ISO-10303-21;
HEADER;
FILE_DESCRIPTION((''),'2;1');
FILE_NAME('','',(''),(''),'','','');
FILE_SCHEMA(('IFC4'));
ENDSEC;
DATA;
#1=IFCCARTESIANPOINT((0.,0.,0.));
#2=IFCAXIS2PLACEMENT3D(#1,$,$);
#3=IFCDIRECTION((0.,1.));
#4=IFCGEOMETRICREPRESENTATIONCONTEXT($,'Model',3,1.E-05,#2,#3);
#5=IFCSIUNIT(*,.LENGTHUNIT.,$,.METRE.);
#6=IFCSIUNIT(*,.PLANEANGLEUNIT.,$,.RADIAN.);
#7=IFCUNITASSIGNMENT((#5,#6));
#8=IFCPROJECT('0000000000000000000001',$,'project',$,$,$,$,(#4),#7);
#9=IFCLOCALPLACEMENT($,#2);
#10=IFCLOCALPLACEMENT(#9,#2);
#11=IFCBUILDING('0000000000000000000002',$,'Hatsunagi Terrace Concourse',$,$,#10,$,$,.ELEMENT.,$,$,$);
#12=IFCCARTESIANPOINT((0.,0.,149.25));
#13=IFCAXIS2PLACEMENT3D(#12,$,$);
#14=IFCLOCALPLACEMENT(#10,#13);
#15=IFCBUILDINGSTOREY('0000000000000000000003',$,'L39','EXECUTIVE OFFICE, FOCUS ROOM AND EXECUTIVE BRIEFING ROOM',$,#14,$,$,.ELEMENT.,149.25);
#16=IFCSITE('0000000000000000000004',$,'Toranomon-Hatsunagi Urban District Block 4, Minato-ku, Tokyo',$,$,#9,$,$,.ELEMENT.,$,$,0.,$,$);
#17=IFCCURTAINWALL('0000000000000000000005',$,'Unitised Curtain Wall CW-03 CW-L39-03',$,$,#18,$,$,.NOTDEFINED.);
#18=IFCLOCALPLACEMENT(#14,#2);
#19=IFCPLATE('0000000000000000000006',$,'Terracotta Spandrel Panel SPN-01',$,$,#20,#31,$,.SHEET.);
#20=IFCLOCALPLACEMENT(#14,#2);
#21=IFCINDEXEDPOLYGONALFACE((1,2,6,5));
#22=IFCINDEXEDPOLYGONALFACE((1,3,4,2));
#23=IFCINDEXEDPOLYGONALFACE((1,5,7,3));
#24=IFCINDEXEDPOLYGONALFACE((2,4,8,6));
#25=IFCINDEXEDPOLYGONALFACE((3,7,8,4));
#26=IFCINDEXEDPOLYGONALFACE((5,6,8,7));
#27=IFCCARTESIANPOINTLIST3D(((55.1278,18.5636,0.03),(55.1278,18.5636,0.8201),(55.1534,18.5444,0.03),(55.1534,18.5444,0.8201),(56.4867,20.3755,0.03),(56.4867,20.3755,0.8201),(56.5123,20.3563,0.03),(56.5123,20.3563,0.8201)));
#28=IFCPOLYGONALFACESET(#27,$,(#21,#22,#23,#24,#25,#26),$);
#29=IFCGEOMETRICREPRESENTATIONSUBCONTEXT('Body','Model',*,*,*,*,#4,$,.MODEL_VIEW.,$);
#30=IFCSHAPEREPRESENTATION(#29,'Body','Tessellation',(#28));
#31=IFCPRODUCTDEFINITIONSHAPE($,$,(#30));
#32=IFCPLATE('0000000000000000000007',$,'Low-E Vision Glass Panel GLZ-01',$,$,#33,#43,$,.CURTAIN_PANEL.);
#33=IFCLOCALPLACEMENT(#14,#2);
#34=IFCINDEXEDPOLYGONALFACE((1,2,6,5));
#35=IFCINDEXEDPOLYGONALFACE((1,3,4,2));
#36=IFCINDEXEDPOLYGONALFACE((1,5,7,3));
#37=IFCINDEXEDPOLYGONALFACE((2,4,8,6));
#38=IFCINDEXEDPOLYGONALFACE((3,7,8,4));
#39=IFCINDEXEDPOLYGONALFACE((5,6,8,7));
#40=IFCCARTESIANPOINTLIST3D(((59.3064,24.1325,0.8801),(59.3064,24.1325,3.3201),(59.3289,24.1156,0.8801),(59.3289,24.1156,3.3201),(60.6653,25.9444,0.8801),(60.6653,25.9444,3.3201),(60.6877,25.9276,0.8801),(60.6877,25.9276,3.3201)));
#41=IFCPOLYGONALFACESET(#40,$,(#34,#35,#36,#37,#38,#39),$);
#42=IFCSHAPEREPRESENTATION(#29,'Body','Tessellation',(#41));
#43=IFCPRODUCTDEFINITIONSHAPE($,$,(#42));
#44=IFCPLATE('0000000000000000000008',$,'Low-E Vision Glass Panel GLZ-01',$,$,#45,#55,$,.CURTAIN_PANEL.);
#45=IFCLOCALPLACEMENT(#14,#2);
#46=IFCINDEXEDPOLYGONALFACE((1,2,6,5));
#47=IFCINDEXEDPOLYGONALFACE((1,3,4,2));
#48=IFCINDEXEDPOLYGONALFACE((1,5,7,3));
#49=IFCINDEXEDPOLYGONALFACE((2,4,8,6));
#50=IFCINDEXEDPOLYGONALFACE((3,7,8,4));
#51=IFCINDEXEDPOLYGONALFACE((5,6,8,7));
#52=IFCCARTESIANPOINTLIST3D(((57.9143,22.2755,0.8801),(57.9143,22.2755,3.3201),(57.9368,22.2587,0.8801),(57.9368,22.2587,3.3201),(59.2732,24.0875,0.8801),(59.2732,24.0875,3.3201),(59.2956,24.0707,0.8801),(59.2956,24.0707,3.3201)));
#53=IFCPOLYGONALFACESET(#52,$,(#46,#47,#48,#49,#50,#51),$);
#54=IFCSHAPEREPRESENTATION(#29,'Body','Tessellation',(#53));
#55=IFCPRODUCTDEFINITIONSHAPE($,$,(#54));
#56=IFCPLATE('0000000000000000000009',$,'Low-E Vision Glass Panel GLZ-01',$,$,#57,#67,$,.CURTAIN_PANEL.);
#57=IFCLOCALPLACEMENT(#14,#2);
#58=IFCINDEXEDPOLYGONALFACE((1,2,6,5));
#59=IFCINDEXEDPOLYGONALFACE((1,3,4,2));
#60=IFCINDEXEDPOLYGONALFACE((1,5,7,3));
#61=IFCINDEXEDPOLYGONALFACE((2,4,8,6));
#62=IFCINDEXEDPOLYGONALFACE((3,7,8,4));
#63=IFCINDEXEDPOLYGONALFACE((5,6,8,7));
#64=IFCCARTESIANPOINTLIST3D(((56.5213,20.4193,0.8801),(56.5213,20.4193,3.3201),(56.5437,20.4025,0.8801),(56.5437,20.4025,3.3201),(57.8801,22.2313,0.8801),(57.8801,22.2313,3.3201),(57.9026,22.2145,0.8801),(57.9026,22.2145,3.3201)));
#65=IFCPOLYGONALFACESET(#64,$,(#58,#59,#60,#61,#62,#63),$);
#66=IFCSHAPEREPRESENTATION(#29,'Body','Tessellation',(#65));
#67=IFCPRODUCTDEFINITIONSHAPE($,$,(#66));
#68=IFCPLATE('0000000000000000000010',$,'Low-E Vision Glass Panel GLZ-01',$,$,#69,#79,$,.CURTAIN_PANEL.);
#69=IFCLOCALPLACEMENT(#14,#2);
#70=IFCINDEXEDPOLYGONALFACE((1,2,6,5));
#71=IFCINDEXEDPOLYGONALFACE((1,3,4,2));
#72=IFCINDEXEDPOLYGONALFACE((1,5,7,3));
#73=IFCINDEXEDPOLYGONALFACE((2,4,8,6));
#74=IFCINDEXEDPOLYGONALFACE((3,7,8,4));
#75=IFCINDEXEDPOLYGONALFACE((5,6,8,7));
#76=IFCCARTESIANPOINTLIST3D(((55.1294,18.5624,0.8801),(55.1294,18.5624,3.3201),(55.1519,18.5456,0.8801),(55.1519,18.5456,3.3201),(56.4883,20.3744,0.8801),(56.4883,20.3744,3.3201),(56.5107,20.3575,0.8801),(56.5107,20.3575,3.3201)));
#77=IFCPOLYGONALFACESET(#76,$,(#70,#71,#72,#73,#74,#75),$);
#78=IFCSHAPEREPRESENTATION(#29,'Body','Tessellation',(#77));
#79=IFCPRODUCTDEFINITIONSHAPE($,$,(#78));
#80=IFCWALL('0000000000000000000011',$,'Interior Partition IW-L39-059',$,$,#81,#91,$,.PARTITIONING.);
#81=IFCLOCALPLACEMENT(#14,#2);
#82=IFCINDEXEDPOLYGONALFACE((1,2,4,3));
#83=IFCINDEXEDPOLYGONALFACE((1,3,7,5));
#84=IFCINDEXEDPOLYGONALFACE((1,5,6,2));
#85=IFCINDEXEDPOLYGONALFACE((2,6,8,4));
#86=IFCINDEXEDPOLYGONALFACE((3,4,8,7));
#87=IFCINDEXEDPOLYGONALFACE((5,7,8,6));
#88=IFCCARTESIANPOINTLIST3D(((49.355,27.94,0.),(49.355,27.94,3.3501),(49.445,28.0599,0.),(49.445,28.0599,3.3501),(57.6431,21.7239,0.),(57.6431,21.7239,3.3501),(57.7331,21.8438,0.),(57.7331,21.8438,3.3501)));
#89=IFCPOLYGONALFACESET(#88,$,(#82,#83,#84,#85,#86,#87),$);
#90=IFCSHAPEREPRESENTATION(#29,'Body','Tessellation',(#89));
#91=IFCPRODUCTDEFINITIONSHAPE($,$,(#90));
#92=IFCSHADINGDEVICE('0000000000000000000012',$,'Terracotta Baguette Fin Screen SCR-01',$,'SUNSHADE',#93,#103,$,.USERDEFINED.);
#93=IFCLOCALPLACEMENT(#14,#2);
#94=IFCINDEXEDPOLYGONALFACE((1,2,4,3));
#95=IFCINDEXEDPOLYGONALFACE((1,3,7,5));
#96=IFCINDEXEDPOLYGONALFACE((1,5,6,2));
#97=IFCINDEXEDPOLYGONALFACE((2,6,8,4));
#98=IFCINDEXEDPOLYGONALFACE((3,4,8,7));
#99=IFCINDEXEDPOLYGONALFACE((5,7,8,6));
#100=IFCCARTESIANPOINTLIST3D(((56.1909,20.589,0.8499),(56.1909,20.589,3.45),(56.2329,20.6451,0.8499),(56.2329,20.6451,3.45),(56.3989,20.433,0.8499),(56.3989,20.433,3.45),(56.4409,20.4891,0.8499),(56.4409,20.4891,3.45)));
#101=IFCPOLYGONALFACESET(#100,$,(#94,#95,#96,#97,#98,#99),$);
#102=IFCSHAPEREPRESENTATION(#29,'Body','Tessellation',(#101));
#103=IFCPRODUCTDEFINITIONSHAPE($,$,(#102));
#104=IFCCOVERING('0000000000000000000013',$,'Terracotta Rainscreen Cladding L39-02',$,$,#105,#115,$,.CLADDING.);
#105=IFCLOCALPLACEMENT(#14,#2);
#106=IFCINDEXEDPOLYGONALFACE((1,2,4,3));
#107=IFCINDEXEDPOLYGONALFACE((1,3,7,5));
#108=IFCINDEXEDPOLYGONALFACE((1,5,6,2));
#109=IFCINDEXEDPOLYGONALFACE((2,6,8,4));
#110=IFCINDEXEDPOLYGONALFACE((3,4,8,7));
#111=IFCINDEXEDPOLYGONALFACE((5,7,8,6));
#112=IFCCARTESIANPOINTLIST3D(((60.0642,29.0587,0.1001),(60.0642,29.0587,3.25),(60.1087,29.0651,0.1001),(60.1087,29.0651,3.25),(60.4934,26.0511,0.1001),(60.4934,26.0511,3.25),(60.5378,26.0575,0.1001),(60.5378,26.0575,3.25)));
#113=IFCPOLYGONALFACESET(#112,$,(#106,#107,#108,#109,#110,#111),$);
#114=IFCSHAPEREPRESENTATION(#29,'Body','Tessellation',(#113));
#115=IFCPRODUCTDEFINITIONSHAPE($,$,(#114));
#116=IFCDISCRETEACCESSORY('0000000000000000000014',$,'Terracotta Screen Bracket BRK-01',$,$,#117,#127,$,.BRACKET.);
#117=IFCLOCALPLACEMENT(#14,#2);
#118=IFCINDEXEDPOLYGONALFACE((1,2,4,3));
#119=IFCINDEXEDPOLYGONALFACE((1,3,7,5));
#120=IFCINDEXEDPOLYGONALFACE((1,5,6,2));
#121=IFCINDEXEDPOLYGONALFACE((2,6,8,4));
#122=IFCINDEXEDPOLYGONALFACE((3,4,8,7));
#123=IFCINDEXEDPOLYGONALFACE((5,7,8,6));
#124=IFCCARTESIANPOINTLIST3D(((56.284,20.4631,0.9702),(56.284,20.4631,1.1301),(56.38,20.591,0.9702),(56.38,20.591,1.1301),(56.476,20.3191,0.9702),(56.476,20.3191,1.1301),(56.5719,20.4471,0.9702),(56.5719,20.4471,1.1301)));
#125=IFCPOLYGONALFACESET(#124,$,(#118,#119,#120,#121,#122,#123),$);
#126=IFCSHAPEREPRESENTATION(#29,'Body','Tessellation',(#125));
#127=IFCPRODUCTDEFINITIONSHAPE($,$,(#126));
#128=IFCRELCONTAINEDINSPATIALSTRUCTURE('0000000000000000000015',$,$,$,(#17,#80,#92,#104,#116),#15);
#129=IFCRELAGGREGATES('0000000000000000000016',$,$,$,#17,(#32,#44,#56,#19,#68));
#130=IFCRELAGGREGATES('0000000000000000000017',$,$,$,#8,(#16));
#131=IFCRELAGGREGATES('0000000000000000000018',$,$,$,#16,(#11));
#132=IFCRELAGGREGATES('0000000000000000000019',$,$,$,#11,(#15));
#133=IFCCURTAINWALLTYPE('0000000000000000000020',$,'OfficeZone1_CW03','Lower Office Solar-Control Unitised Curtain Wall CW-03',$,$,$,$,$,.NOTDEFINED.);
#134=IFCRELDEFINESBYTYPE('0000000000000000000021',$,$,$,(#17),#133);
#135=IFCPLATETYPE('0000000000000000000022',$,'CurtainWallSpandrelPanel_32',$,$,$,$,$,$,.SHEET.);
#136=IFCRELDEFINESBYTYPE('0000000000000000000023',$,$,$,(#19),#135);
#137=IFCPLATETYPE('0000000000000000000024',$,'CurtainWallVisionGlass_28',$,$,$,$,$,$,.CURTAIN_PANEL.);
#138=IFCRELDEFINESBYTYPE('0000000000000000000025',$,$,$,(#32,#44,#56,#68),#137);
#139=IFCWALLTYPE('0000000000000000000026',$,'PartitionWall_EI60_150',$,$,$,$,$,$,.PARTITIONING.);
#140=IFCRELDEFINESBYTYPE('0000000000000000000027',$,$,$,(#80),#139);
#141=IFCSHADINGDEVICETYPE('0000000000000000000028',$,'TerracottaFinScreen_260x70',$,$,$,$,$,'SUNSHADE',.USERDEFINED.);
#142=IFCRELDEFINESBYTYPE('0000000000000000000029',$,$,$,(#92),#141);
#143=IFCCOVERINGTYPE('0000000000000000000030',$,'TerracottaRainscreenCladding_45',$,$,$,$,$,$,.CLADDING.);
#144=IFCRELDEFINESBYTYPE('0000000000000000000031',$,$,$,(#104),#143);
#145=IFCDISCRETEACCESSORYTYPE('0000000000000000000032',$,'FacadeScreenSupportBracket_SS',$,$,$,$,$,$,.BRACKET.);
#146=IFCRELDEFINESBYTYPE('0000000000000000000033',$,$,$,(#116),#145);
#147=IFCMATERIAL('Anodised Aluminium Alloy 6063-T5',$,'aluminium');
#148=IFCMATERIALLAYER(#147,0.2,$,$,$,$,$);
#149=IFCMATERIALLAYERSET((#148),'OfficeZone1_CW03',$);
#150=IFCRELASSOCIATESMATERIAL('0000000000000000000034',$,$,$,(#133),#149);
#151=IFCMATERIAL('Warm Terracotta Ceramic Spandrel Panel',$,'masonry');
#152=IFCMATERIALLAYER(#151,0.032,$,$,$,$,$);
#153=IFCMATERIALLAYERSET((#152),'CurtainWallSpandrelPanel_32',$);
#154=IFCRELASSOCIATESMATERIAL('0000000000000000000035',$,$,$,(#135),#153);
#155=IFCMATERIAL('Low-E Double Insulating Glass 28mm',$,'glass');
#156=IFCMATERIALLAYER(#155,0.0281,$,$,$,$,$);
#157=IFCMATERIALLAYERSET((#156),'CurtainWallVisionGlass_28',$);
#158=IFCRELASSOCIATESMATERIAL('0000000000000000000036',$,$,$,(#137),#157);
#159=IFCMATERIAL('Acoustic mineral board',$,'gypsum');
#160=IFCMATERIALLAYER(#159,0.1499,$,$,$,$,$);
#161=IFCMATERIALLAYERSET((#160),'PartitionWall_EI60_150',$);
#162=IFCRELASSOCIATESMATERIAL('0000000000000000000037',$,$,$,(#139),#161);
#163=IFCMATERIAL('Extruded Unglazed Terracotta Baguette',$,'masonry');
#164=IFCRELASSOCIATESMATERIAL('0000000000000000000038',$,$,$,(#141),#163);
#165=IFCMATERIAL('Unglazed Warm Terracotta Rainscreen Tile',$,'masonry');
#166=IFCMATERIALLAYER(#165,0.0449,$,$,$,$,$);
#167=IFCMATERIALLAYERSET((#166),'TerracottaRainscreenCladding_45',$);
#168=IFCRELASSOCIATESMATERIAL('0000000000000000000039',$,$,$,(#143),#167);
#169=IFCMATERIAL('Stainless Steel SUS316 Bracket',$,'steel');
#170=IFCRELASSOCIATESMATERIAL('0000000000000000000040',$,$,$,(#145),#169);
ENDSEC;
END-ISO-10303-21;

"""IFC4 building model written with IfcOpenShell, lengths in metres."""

from ifc_helpers import new_model, si_unit, direction, frame, frame_2d, origin, origin_2d, place, context, subcontext, project, spatial, rectangle, extrude, material, layer, layer_set, type_object, element, aggregate, save


model = new_model("IFC4")

# Units and contexts
model_context = context("Model", 3, precision=1e-05, world=origin(), true_north=direction((0.0, 1.0)))
body_context = subcontext(model_context, "Body", "Model", "MODEL_VIEW")
ifc_project = project(units=[si_unit("LENGTHUNIT", "METRE"), si_unit("PLANEANGLEUNIT", "RADIAN")], contexts=[model_context])

# Site, building, storey
site_placement = place(None, origin())
site = spatial("IfcSite", under=ifc_project, at=site_placement, Name="Toranomon-Hatsunagi Urban District Block 4, Minato-ku, Tokyo", CompositionType="ELEMENT", RefElevation=0.0)
building_placement = place(site_placement, origin())
building = spatial("IfcBuilding", under=site, at=building_placement, Name="Hatsunagi Terrace Concourse", CompositionType="ELEMENT")
storey_placement = place(building_placement, frame((0.0, 0.0, 149.25)))
storey = spatial("IfcBuildingStorey", under=building, at=storey_placement, Name="L39", Description="EXECUTIVE OFFICE, FOCUS ROOM AND EXECUTIVE BRIEFING ROOM", CompositionType="ELEMENT", Elevation=149.25)

# Curtain wall, plates
ifc_material_1 = material(Name="Anodised Aluminium Alloy 6063-T5", Category="aluminium")
ifc_layer_1 = layer(ifc_material_1, 0.2)
ifc_layer_set_1 = layer_set([ifc_layer_1], Name="OfficeZone1_CW03")
curtain_wall_type = type_object("IfcCurtainWallType", Name="OfficeZone1_CW03", Description="Lower Office Solar-Control Unitised Curtain Wall CW-03", PredefinedType="NOTDEFINED", material=ifc_layer_set_1)
curtain_wall_placement = place(storey_placement, origin())
curtain_wall = element("IfcCurtainWall", 1, at=curtain_wall_placement, inside=storey, type_object=curtain_wall_type, Name="Unitised Curtain Wall CW-03 CW-L39-03", PredefinedType="NOTDEFINED")
ifc_material_2 = material(Name="Warm Terracotta Ceramic Spandrel Panel", Category="masonry")
ifc_layer_2 = layer(ifc_material_2, 0.032)
ifc_layer_set_2 = layer_set([ifc_layer_2], Name="CurtainWallSpandrelPanel_32")
plate_type_1 = type_object("IfcPlateType", Name="CurtainWallSpandrelPanel_32", PredefinedType="SHEET", material=ifc_layer_set_2)
plate_1_placement = place(storey_placement, frame((55.8201, 19.46, 0.03), z_axis=(0.0, 0.0, 1.0), x_axis=(-0.599969, -0.800023, 0.0)))
plate_1 = element("IfcPlate", 2, at=plate_1_placement, type_object=plate_type_1, Name="Terracotta Spandrel Panel SPN-01", PredefinedType="SHEET", context=body_context, shape_type="SweptSolid", body=[
    extrude(rectangle(XDim=2.2649, YDim=0.032, at=origin_2d()), origin(), (0.0, 0.0, 1.0), 0.79),
])
ifc_material_3 = material(Name="Low-E Double Insulating Glass 28mm", Category="glass")
ifc_layer_3 = layer(ifc_material_3, 0.0281)
ifc_layer_set_3 = layer_set([ifc_layer_3], Name="CurtainWallVisionGlass_28")
plate_type_2 = type_object("IfcPlateType", Name="CurtainWallVisionGlass_28", PredefinedType="CURTAIN_PANEL", material=ifc_layer_set_3)
plate_2_placement = place(storey_placement, frame((59.9971, 25.03, 0.8801), z_axis=(0.0, 0.0, 1.0), x_axis=(-0.599969, -0.800023, 0.0)))
plate_2 = element("IfcPlate", 3, at=plate_2_placement, type_object=plate_type_2, Name="Low-E Vision Glass Panel GLZ-01", PredefinedType="CURTAIN_PANEL", context=body_context, shape_type="SweptSolid", body=[
    extrude(rectangle(XDim=2.2649, YDim=0.0281, at=origin_2d()), origin(), (0.0, 0.0, 1.0), 2.4399),
])
plate_3_placement = place(storey_placement, frame((58.605, 23.1731, 0.8801), z_axis=(0.0, 0.0, 1.0), x_axis=(-0.599969, -0.800023, 0.0)))
plate_3 = element("IfcPlate", 4, at=plate_3_placement, type_object=plate_type_2, Name="Low-E Vision Glass Panel GLZ-01", PredefinedType="CURTAIN_PANEL", context=body_context, shape_type="SweptSolid", body=[
    extrude(rectangle(XDim=2.2649, YDim=0.0281, at=origin_2d()), origin(), (0.0, 0.0, 1.0), 2.4399),
])
plate_4_placement = place(storey_placement, frame((57.2119, 21.3169, 0.8801), z_axis=(0.0, 0.0, 1.0), x_axis=(-0.599969, -0.800023, 0.0)))
plate_4 = element("IfcPlate", 5, at=plate_4_placement, type_object=plate_type_2, Name="Low-E Vision Glass Panel GLZ-01", PredefinedType="CURTAIN_PANEL", context=body_context, shape_type="SweptSolid", body=[
    extrude(rectangle(XDim=2.2649, YDim=0.0281, at=origin_2d()), origin(), (0.0, 0.0, 1.0), 2.4399),
])
plate_5_placement = place(storey_placement, frame((55.8201, 19.46, 0.8801), z_axis=(0.0, 0.0, 1.0), x_axis=(-0.599969, -0.800023, 0.0)))
plate_5 = element("IfcPlate", 6, at=plate_5_placement, type_object=plate_type_2, Name="Low-E Vision Glass Panel GLZ-01", PredefinedType="CURTAIN_PANEL", context=body_context, shape_type="SweptSolid", body=[
    extrude(rectangle(XDim=2.2649, YDim=0.0281, at=origin_2d()), origin(), (0.0, 0.0, 1.0), 2.4399),
])
aggregate(curtain_wall, [plate_2, plate_3, plate_4, plate_1, plate_5])

# Wall
ifc_material_4 = material(Name="Acoustic mineral board", Category="gypsum")
ifc_layer_4 = layer(ifc_material_4, 0.1499)
ifc_layer_set_4 = layer_set([ifc_layer_4], Name="PartitionWall_EI60_150")
wall_type = type_object("IfcWallType", Name="PartitionWall_EI60_150", PredefinedType="PARTITIONING", material=ifc_layer_set_4)
wall_1_placement = place(storey_placement, frame((49.3999, 28.0, 0.0), z_axis=(0.0, 0.0, 1.0), x_axis=(0.8, -0.6, 0.0)))
element("IfcWall", 7, at=wall_1_placement, inside=storey, type_object=wall_type, Name="Interior Partition IW-L39-059", PredefinedType="PARTITIONING", context=body_context, shape_type="SweptSolid", body=[
    extrude(rectangle(XDim=10.3601, YDim=0.1499, at=frame_2d((5.1802, 0.0))), origin(), (0.0, 0.0, 1.0), 3.3501),
])

# Shading device
ifc_material_5 = material(Name="Extruded Unglazed Terracotta Baguette", Category="masonry")
shading_device_type = type_object("IfcShadingDeviceType", Name="TerracottaFinScreen_260x70", ElementType="SUNSHADE", PredefinedType="USERDEFINED", material=ifc_material_5)
shading_device_placement = place(storey_placement, frame((56.3159, 20.5391, 0.8499), z_axis=(0.0, 0.0, 1.0), x_axis=(-0.599969, -0.800023, 0.0)))
element("IfcShadingDevice", 8, at=shading_device_placement, inside=storey, type_object=shading_device_type, Name="Terracotta Baguette Fin Screen SCR-01", ObjectType="SUNSHADE", PredefinedType="USERDEFINED", context=body_context, shape_type="SweptSolid", body=[
    extrude(rectangle(XDim=0.0701, YDim=0.26, at=origin_2d()), origin(), (0.0, 0.0, 1.0), 2.6001),
])

# Covering
ifc_material_6 = material(Name="Unglazed Warm Terracotta Rainscreen Tile", Category="masonry")
ifc_layer_5 = layer(ifc_material_6, 0.0449)
ifc_layer_set_5 = layer_set([ifc_layer_5], Name="TerracottaRainscreenCladding_45")
covering_type = type_object("IfcCoveringType", Name="TerracottaRainscreenCladding_45", PredefinedType="CLADDING", material=ifc_layer_set_5)
covering_placement = place(storey_placement, frame((60.301, 27.5581, 0.1001), z_axis=(0.0, 0.0, 1.0), x_axis=(0.14125, -0.989974, 0.0)))
element("IfcCovering", 9, at=covering_placement, inside=storey, type_object=covering_type, Name="Terracotta Rainscreen Cladding L39-02", PredefinedType="CLADDING", context=body_context, shape_type="SweptSolid", body=[
    extrude(rectangle(XDim=3.0381, YDim=0.0449, at=origin_2d()), origin(), (0.0, 0.0, 1.0), 3.1499),
])

# Discrete accessory
ifc_material_7 = material(Name="Stainless Steel SUS316 Bracket", Category="steel")
discrete_accessory_type = type_object("IfcDiscreteAccessoryType", Name="FacadeScreenSupportBracket_SS", PredefinedType="BRACKET", material=ifc_material_7)
discrete_accessory_placement = place(storey_placement, frame((56.428, 20.4551, 0.9702), z_axis=(0.0, 0.0, 1.0), x_axis=(-0.599969, -0.800023, 0.0)))
element("IfcDiscreteAccessory", 10, at=discrete_accessory_placement, inside=storey, type_object=discrete_accessory_type, Name="Terracotta Screen Bracket BRK-01", PredefinedType="BRACKET", context=body_context, shape_type="SweptSolid", body=[
    extrude(rectangle(XDim=0.1599, YDim=0.24, at=origin_2d()), origin(), (0.0, 0.0, 1.0), 0.1599),
])

save(model, "model.ifc")
